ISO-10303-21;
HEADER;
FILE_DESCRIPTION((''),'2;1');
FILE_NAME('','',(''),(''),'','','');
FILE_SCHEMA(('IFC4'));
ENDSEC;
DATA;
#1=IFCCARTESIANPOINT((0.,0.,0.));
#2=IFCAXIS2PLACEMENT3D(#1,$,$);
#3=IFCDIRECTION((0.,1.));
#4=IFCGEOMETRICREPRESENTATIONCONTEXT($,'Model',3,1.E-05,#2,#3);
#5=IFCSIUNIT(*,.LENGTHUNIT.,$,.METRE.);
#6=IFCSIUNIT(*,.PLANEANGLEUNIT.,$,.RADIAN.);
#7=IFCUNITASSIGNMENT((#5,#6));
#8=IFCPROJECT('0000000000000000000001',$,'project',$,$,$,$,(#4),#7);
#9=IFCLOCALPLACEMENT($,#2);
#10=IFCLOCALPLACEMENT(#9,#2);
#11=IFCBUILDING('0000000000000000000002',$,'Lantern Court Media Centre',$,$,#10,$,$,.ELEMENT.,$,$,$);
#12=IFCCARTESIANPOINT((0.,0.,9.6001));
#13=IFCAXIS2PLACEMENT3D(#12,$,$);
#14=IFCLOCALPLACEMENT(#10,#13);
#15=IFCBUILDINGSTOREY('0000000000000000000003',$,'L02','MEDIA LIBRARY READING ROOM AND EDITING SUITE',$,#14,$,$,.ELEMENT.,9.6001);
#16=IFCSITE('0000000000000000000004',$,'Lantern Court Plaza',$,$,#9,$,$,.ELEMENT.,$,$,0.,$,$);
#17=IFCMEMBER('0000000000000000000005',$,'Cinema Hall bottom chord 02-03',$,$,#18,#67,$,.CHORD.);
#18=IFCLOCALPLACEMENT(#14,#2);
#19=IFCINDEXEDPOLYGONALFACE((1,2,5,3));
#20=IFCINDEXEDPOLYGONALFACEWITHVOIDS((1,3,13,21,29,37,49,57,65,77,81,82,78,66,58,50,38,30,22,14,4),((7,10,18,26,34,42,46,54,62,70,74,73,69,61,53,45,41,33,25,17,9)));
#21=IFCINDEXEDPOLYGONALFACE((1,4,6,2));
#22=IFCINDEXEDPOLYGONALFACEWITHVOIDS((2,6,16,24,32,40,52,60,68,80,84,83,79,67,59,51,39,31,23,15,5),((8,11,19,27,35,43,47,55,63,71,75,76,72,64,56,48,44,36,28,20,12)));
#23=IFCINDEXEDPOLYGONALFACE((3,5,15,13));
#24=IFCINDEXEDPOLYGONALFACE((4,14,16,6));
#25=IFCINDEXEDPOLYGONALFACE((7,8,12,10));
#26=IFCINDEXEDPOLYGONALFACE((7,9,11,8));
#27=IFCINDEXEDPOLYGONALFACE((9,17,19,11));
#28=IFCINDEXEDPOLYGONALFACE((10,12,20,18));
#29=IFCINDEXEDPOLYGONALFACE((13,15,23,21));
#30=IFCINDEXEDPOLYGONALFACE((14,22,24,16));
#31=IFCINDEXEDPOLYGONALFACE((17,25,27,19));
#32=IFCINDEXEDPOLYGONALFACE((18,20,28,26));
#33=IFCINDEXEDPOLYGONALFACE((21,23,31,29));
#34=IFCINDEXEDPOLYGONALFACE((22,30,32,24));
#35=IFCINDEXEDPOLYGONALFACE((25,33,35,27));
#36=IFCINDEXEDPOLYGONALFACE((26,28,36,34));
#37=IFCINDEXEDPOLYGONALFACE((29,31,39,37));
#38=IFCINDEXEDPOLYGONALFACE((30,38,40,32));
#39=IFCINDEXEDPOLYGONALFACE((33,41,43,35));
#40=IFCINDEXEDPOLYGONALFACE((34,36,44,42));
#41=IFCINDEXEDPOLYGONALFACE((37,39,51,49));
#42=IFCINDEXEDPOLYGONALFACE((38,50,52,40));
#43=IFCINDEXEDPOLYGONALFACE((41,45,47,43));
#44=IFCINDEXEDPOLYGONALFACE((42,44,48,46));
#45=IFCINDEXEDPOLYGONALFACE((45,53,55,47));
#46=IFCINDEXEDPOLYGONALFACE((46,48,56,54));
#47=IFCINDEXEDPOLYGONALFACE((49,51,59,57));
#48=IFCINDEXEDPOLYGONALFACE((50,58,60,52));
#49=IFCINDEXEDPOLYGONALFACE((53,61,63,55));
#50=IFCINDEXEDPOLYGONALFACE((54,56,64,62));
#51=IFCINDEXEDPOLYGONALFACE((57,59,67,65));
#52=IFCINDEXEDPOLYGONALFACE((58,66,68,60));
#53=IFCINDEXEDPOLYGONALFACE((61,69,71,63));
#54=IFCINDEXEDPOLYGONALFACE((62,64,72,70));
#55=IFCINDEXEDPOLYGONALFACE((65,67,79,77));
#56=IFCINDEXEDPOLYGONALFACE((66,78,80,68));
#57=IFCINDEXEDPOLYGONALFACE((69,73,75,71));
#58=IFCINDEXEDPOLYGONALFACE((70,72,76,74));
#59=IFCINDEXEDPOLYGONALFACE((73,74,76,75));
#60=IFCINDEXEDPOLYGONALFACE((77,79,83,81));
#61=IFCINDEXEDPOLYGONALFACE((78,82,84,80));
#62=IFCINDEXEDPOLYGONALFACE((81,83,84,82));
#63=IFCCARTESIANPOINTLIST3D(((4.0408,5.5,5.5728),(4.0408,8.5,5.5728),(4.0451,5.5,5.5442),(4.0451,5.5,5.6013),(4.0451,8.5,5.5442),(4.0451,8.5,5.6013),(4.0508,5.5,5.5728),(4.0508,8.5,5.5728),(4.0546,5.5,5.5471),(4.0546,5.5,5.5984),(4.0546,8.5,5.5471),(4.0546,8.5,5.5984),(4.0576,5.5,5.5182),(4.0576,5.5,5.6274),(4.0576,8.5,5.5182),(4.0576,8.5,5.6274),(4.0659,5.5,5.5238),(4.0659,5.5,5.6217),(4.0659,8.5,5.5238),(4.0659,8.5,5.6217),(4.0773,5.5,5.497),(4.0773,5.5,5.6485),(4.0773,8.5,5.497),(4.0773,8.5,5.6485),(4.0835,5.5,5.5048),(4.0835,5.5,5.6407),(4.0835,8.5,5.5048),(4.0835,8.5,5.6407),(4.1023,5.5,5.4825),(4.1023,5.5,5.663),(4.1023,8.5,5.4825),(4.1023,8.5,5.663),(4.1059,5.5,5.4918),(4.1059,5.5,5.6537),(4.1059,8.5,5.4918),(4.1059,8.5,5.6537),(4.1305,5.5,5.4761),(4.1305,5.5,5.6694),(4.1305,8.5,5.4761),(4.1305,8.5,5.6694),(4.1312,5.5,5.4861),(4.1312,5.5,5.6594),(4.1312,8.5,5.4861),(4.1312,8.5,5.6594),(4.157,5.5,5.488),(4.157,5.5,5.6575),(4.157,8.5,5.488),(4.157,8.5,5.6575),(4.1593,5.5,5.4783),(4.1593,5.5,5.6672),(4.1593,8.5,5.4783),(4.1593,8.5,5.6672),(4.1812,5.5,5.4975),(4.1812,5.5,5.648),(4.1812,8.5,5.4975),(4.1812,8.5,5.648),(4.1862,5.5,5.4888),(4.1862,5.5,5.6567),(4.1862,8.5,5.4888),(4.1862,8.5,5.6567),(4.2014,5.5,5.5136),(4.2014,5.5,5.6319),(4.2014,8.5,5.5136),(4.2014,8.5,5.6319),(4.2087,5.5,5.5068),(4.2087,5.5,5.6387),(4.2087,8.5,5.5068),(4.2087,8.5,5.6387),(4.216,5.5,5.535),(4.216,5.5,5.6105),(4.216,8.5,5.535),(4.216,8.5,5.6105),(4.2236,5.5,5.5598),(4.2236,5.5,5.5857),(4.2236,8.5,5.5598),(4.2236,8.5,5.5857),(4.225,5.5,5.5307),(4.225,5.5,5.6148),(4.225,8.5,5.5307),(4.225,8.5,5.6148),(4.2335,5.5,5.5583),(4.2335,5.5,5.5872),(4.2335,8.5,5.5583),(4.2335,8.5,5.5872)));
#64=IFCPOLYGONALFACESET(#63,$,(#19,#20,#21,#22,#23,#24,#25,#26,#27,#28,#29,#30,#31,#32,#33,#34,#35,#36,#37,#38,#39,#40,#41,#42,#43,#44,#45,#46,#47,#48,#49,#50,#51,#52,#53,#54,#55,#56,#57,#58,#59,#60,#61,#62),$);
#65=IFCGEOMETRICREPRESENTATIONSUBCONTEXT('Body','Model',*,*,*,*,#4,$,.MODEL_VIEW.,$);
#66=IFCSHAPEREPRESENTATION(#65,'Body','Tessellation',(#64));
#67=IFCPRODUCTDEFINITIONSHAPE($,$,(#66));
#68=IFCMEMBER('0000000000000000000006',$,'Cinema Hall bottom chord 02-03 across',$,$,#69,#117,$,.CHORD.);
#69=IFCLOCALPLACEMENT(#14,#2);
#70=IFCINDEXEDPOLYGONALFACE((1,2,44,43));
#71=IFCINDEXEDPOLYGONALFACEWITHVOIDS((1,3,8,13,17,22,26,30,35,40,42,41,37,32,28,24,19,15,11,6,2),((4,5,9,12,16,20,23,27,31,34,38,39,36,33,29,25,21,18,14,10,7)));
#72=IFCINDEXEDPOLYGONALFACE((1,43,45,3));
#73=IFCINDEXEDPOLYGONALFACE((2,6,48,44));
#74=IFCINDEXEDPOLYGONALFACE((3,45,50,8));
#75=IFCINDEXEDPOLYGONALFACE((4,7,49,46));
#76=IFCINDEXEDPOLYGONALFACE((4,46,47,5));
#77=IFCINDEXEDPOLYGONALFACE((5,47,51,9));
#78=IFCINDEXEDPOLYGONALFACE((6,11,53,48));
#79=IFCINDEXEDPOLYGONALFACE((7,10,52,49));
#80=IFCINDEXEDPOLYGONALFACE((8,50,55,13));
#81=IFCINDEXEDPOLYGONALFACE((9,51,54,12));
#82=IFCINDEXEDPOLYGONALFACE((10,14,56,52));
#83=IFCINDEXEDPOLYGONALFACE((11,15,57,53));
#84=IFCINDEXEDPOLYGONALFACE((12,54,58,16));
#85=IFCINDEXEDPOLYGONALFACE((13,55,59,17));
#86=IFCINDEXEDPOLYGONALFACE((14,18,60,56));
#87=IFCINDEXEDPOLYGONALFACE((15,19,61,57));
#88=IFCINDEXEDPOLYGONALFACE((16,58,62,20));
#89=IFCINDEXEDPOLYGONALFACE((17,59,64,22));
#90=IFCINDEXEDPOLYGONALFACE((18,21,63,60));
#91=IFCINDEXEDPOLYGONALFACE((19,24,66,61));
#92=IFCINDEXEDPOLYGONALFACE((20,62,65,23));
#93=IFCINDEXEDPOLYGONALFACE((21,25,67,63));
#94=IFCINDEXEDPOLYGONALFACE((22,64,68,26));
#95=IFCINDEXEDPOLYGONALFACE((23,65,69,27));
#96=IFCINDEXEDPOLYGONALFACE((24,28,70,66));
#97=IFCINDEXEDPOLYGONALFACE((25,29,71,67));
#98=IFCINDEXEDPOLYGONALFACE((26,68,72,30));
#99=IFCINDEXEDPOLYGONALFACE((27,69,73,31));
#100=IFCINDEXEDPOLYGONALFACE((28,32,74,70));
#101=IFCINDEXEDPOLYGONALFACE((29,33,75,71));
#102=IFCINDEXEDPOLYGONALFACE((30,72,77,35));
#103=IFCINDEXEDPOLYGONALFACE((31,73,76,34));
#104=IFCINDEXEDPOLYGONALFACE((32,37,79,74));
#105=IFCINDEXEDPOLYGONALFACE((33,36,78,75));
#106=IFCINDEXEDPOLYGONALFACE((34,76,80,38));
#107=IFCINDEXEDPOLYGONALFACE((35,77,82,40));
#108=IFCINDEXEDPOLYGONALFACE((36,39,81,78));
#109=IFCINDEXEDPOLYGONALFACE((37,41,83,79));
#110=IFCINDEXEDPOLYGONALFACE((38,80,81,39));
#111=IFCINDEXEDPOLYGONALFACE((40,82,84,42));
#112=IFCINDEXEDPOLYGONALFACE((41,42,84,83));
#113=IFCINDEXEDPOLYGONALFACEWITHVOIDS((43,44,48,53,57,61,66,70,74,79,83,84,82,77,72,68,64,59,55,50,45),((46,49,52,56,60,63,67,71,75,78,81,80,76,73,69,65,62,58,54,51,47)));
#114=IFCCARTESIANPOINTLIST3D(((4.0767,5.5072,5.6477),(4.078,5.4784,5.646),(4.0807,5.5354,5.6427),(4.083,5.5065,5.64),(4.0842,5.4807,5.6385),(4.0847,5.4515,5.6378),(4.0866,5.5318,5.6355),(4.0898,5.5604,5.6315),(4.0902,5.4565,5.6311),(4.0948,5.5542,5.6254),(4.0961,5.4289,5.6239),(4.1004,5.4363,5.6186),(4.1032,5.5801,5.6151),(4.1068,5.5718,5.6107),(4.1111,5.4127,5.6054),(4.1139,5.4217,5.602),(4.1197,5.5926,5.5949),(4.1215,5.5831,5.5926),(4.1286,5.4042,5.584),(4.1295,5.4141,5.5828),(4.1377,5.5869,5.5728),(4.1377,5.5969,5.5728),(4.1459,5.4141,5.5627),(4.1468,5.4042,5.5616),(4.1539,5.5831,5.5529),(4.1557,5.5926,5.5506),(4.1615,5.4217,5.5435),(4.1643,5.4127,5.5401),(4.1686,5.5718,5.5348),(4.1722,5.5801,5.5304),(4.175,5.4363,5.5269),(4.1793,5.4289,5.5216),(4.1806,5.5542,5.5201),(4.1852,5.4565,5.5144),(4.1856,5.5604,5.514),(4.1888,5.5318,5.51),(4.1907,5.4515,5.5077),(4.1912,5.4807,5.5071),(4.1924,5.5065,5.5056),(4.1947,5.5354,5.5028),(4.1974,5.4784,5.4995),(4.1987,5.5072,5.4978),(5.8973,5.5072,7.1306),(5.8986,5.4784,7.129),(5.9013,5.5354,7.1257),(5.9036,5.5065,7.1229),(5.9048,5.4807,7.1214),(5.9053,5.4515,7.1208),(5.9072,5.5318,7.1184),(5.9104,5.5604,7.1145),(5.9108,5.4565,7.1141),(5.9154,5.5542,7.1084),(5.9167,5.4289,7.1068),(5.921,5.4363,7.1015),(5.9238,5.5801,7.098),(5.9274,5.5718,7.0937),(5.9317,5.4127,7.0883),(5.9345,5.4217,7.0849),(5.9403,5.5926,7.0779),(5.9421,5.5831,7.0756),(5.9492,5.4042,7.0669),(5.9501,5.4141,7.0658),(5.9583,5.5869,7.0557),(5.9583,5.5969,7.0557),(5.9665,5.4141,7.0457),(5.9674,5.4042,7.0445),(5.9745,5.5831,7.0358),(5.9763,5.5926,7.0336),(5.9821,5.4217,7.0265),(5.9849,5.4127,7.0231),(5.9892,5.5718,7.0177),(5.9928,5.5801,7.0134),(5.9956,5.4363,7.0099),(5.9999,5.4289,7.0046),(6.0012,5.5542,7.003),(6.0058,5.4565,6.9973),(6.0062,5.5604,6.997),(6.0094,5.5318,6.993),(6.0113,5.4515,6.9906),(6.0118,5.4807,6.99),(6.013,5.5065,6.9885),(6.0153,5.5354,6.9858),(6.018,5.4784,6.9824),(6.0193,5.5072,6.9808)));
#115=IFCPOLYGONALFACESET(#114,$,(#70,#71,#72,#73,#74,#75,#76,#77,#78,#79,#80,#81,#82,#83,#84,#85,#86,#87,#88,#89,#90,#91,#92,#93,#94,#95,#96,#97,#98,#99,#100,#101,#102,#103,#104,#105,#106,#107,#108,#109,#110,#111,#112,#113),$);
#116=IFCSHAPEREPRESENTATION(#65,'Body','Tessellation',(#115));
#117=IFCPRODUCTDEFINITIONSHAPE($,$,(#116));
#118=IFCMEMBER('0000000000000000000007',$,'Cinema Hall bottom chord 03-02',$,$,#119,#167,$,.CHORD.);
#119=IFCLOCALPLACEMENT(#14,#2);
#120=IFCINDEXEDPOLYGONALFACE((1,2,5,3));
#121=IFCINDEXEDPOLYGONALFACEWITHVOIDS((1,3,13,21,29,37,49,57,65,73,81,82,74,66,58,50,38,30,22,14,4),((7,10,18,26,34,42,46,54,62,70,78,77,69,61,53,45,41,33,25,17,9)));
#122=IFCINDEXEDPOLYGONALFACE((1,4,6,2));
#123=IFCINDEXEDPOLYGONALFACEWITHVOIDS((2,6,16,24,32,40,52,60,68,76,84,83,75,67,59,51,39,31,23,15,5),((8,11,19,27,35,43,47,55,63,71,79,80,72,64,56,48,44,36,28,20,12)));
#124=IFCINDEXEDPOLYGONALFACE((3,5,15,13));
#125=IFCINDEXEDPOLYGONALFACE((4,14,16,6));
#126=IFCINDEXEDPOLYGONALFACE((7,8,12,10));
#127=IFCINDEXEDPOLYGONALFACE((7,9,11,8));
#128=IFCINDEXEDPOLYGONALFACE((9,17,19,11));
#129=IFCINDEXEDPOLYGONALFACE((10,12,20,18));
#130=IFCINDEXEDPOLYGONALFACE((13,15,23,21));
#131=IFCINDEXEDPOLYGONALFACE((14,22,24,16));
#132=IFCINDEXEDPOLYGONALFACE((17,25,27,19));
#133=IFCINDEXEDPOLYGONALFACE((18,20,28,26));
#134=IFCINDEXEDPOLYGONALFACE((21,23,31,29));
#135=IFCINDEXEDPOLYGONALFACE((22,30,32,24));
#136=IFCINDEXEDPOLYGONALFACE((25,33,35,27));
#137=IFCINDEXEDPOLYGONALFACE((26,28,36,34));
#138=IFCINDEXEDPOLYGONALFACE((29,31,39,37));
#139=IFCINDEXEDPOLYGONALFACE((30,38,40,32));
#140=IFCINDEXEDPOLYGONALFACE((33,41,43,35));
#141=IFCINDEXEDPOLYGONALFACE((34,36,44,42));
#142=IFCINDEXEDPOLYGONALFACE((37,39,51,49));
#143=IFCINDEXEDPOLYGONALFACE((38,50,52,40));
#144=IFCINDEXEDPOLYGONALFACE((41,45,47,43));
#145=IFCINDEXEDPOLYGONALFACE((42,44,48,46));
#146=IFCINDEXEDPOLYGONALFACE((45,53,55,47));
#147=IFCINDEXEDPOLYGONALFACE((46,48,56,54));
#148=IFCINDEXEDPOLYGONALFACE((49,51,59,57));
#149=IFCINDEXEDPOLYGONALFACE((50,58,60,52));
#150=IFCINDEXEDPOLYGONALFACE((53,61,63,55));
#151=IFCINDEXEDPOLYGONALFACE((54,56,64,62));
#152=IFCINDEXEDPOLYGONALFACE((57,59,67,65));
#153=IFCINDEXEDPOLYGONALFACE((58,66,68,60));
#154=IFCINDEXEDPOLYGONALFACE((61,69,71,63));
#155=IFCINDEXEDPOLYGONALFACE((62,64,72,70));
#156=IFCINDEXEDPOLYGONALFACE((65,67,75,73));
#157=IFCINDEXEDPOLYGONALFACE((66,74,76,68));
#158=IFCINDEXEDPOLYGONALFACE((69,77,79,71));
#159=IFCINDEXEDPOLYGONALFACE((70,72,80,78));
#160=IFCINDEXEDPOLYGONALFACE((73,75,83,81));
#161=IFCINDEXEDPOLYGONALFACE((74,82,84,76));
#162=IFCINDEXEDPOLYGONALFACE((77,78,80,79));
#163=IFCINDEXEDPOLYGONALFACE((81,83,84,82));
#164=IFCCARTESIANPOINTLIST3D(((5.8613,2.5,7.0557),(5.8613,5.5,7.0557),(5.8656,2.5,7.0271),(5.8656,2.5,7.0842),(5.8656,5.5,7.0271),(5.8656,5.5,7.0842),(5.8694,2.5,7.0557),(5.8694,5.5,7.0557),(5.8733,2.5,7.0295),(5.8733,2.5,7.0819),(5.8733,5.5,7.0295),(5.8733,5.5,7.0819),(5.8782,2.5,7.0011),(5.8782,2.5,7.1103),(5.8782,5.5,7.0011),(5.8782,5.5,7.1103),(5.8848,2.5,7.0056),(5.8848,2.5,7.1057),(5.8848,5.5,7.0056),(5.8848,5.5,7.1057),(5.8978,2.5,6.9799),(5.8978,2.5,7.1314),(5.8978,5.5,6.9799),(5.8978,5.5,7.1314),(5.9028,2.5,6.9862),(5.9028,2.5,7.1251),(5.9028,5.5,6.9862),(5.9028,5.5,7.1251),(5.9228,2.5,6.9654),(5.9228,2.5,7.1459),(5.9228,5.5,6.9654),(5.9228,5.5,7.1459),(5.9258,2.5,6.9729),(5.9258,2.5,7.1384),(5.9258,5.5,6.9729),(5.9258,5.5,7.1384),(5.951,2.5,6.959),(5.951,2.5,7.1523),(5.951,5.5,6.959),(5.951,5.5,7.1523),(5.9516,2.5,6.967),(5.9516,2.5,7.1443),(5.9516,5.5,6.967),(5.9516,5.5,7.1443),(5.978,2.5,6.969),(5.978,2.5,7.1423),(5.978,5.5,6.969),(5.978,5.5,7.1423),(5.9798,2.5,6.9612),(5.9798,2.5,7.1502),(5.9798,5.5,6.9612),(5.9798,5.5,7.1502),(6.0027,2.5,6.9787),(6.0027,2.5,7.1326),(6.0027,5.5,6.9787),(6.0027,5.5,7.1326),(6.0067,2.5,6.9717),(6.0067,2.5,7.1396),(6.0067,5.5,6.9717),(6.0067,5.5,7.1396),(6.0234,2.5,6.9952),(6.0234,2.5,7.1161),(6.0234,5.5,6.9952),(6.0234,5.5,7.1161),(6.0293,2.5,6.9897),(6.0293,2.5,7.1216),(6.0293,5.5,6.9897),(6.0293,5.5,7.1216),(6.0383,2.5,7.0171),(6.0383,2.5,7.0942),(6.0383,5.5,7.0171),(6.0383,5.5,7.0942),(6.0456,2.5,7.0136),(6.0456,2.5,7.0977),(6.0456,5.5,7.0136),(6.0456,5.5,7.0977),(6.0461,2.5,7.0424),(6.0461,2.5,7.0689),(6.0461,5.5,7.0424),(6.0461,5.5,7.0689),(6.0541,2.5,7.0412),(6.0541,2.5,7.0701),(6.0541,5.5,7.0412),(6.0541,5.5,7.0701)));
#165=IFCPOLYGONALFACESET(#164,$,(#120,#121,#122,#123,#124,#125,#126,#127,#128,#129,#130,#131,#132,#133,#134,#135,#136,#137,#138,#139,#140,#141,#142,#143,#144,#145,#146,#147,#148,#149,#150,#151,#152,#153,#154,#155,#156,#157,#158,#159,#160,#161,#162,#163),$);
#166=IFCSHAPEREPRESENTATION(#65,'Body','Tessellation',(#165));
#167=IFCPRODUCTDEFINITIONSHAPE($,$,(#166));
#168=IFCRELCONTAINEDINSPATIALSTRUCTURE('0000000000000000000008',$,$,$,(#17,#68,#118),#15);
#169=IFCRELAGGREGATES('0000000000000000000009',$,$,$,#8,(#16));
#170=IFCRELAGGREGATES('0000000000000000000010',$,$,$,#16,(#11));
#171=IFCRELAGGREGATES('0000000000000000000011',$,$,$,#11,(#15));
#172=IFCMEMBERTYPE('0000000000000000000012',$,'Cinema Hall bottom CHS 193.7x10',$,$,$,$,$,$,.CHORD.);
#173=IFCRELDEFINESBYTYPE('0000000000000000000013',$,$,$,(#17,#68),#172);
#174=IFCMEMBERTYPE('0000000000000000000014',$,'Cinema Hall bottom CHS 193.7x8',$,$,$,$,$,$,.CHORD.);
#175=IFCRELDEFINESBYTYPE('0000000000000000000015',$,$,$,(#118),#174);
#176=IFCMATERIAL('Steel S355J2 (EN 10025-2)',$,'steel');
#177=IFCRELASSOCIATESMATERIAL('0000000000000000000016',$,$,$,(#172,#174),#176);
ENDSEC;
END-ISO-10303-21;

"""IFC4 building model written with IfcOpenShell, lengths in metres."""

from ifc_helpers import new_model, si_unit, direction, frame, origin, origin_2d, place, context, subcontext, project, spatial, hollow_circle, extrude, material, material_profile, profile_set, type_object, element, save


model = new_model("IFC4")

# Units and contexts
model_context = context("Model", 3, precision=1e-05, world=origin(), true_north=direction((0.0, 1.0)))
body_context = subcontext(model_context, "Body", "Model", "MODEL_VIEW")
ifc_project = project(units=[si_unit("LENGTHUNIT", "METRE"), si_unit("PLANEANGLEUNIT", "RADIAN")], contexts=[model_context])

# Site, building, storey
site_placement = place(None, origin())
site = spatial("IfcSite", under=ifc_project, at=site_placement, Name="Lantern Court Plaza", CompositionType="ELEMENT", RefElevation=0.0)
building_placement = place(site_placement, origin())
building = spatial("IfcBuilding", under=site, at=building_placement, Name="Lantern Court Media Centre", CompositionType="ELEMENT")
storey_placement = place(building_placement, frame((0.0, 0.0, 9.6001)))
storey = spatial("IfcBuildingStorey", under=building, at=storey_placement, Name="L02", Description="MEDIA LIBRARY READING ROOM AND EDITING SUITE", CompositionType="ELEMENT", Elevation=9.6001)

# Members
ifc_material = material(Name="Steel S355J2 (EN 10025-2)", Category="steel")
ifc_material_profile_1 = material_profile(ifc_material, hollow_circle(Radius=0.0969, WallThickness=0.01, at=origin_2d()), Name="Cinema Hall bottom CHS 193.7x10")
ifc_profile_set_1 = profile_set([ifc_material_profile_1], Name="Steel S355J2 (EN 10025-2)")
member_type_1 = type_object("IfcMemberType", Name="Cinema Hall bottom CHS 193.7x10", PredefinedType="CHORD", material=ifc_profile_set_1)
member_1_placement = place(storey_placement, frame((4.1377, 5.5, 5.5728), z_axis=(0.0, 1.0, 0.0), x_axis=(-1.0, 0.0, 0.0)))
element("IfcMember", 1, at=member_1_placement, inside=storey, type_object=member_type_1, Name="Cinema Hall bottom chord 02-03", PredefinedType="CHORD", context=body_context, shape_type="SweptSolid", body=[
    extrude(hollow_circle(Radius=0.0969, WallThickness=0.01, at=origin_2d()), origin(), (0.0, 0.0, 1.0), 3.0),
])
member_2_placement = place(storey_placement, frame((4.1377, 5.5, 5.5728), z_axis=(0.775341, 0.0, 0.631543), x_axis=(0.0, 1.0, 0.0)))
element("IfcMember", 2, at=member_2_placement, inside=storey, type_object=member_type_1, Name="Cinema Hall bottom chord 02-03 across", PredefinedType="CHORD", context=body_context, shape_type="SweptSolid", body=[
    extrude(hollow_circle(Radius=0.0969, WallThickness=0.01, at=origin_2d()), origin(), (0.0, 0.0, 1.0), 2.3481),
])
ifc_material_profile_2 = material_profile(ifc_material, hollow_circle(Radius=0.0969, WallThickness=0.0081, at=origin_2d()), Name="Cinema Hall bottom CHS 193.7x8")
ifc_profile_set_2 = profile_set([ifc_material_profile_2], Name="Steel S355J2 (EN 10025-2)")
member_type_2 = type_object("IfcMemberType", Name="Cinema Hall bottom CHS 193.7x8", PredefinedType="CHORD", material=ifc_profile_set_2)
member_3_placement = place(storey_placement, frame((5.9583, 2.5, 7.0557), z_axis=(0.0, 1.0, 0.0), x_axis=(-1.0, 0.0, 0.0)))
element("IfcMember", 3, at=member_3_placement, inside=storey, type_object=member_type_2, Name="Cinema Hall bottom chord 03-02", PredefinedType="CHORD", context=body_context, shape_type="SweptSolid", body=[
    extrude(hollow_circle(Radius=0.0969, WallThickness=0.0081, at=origin_2d()), origin(), (0.0, 0.0, 1.0), 3.0),
])

save(model, "model.ifc")
